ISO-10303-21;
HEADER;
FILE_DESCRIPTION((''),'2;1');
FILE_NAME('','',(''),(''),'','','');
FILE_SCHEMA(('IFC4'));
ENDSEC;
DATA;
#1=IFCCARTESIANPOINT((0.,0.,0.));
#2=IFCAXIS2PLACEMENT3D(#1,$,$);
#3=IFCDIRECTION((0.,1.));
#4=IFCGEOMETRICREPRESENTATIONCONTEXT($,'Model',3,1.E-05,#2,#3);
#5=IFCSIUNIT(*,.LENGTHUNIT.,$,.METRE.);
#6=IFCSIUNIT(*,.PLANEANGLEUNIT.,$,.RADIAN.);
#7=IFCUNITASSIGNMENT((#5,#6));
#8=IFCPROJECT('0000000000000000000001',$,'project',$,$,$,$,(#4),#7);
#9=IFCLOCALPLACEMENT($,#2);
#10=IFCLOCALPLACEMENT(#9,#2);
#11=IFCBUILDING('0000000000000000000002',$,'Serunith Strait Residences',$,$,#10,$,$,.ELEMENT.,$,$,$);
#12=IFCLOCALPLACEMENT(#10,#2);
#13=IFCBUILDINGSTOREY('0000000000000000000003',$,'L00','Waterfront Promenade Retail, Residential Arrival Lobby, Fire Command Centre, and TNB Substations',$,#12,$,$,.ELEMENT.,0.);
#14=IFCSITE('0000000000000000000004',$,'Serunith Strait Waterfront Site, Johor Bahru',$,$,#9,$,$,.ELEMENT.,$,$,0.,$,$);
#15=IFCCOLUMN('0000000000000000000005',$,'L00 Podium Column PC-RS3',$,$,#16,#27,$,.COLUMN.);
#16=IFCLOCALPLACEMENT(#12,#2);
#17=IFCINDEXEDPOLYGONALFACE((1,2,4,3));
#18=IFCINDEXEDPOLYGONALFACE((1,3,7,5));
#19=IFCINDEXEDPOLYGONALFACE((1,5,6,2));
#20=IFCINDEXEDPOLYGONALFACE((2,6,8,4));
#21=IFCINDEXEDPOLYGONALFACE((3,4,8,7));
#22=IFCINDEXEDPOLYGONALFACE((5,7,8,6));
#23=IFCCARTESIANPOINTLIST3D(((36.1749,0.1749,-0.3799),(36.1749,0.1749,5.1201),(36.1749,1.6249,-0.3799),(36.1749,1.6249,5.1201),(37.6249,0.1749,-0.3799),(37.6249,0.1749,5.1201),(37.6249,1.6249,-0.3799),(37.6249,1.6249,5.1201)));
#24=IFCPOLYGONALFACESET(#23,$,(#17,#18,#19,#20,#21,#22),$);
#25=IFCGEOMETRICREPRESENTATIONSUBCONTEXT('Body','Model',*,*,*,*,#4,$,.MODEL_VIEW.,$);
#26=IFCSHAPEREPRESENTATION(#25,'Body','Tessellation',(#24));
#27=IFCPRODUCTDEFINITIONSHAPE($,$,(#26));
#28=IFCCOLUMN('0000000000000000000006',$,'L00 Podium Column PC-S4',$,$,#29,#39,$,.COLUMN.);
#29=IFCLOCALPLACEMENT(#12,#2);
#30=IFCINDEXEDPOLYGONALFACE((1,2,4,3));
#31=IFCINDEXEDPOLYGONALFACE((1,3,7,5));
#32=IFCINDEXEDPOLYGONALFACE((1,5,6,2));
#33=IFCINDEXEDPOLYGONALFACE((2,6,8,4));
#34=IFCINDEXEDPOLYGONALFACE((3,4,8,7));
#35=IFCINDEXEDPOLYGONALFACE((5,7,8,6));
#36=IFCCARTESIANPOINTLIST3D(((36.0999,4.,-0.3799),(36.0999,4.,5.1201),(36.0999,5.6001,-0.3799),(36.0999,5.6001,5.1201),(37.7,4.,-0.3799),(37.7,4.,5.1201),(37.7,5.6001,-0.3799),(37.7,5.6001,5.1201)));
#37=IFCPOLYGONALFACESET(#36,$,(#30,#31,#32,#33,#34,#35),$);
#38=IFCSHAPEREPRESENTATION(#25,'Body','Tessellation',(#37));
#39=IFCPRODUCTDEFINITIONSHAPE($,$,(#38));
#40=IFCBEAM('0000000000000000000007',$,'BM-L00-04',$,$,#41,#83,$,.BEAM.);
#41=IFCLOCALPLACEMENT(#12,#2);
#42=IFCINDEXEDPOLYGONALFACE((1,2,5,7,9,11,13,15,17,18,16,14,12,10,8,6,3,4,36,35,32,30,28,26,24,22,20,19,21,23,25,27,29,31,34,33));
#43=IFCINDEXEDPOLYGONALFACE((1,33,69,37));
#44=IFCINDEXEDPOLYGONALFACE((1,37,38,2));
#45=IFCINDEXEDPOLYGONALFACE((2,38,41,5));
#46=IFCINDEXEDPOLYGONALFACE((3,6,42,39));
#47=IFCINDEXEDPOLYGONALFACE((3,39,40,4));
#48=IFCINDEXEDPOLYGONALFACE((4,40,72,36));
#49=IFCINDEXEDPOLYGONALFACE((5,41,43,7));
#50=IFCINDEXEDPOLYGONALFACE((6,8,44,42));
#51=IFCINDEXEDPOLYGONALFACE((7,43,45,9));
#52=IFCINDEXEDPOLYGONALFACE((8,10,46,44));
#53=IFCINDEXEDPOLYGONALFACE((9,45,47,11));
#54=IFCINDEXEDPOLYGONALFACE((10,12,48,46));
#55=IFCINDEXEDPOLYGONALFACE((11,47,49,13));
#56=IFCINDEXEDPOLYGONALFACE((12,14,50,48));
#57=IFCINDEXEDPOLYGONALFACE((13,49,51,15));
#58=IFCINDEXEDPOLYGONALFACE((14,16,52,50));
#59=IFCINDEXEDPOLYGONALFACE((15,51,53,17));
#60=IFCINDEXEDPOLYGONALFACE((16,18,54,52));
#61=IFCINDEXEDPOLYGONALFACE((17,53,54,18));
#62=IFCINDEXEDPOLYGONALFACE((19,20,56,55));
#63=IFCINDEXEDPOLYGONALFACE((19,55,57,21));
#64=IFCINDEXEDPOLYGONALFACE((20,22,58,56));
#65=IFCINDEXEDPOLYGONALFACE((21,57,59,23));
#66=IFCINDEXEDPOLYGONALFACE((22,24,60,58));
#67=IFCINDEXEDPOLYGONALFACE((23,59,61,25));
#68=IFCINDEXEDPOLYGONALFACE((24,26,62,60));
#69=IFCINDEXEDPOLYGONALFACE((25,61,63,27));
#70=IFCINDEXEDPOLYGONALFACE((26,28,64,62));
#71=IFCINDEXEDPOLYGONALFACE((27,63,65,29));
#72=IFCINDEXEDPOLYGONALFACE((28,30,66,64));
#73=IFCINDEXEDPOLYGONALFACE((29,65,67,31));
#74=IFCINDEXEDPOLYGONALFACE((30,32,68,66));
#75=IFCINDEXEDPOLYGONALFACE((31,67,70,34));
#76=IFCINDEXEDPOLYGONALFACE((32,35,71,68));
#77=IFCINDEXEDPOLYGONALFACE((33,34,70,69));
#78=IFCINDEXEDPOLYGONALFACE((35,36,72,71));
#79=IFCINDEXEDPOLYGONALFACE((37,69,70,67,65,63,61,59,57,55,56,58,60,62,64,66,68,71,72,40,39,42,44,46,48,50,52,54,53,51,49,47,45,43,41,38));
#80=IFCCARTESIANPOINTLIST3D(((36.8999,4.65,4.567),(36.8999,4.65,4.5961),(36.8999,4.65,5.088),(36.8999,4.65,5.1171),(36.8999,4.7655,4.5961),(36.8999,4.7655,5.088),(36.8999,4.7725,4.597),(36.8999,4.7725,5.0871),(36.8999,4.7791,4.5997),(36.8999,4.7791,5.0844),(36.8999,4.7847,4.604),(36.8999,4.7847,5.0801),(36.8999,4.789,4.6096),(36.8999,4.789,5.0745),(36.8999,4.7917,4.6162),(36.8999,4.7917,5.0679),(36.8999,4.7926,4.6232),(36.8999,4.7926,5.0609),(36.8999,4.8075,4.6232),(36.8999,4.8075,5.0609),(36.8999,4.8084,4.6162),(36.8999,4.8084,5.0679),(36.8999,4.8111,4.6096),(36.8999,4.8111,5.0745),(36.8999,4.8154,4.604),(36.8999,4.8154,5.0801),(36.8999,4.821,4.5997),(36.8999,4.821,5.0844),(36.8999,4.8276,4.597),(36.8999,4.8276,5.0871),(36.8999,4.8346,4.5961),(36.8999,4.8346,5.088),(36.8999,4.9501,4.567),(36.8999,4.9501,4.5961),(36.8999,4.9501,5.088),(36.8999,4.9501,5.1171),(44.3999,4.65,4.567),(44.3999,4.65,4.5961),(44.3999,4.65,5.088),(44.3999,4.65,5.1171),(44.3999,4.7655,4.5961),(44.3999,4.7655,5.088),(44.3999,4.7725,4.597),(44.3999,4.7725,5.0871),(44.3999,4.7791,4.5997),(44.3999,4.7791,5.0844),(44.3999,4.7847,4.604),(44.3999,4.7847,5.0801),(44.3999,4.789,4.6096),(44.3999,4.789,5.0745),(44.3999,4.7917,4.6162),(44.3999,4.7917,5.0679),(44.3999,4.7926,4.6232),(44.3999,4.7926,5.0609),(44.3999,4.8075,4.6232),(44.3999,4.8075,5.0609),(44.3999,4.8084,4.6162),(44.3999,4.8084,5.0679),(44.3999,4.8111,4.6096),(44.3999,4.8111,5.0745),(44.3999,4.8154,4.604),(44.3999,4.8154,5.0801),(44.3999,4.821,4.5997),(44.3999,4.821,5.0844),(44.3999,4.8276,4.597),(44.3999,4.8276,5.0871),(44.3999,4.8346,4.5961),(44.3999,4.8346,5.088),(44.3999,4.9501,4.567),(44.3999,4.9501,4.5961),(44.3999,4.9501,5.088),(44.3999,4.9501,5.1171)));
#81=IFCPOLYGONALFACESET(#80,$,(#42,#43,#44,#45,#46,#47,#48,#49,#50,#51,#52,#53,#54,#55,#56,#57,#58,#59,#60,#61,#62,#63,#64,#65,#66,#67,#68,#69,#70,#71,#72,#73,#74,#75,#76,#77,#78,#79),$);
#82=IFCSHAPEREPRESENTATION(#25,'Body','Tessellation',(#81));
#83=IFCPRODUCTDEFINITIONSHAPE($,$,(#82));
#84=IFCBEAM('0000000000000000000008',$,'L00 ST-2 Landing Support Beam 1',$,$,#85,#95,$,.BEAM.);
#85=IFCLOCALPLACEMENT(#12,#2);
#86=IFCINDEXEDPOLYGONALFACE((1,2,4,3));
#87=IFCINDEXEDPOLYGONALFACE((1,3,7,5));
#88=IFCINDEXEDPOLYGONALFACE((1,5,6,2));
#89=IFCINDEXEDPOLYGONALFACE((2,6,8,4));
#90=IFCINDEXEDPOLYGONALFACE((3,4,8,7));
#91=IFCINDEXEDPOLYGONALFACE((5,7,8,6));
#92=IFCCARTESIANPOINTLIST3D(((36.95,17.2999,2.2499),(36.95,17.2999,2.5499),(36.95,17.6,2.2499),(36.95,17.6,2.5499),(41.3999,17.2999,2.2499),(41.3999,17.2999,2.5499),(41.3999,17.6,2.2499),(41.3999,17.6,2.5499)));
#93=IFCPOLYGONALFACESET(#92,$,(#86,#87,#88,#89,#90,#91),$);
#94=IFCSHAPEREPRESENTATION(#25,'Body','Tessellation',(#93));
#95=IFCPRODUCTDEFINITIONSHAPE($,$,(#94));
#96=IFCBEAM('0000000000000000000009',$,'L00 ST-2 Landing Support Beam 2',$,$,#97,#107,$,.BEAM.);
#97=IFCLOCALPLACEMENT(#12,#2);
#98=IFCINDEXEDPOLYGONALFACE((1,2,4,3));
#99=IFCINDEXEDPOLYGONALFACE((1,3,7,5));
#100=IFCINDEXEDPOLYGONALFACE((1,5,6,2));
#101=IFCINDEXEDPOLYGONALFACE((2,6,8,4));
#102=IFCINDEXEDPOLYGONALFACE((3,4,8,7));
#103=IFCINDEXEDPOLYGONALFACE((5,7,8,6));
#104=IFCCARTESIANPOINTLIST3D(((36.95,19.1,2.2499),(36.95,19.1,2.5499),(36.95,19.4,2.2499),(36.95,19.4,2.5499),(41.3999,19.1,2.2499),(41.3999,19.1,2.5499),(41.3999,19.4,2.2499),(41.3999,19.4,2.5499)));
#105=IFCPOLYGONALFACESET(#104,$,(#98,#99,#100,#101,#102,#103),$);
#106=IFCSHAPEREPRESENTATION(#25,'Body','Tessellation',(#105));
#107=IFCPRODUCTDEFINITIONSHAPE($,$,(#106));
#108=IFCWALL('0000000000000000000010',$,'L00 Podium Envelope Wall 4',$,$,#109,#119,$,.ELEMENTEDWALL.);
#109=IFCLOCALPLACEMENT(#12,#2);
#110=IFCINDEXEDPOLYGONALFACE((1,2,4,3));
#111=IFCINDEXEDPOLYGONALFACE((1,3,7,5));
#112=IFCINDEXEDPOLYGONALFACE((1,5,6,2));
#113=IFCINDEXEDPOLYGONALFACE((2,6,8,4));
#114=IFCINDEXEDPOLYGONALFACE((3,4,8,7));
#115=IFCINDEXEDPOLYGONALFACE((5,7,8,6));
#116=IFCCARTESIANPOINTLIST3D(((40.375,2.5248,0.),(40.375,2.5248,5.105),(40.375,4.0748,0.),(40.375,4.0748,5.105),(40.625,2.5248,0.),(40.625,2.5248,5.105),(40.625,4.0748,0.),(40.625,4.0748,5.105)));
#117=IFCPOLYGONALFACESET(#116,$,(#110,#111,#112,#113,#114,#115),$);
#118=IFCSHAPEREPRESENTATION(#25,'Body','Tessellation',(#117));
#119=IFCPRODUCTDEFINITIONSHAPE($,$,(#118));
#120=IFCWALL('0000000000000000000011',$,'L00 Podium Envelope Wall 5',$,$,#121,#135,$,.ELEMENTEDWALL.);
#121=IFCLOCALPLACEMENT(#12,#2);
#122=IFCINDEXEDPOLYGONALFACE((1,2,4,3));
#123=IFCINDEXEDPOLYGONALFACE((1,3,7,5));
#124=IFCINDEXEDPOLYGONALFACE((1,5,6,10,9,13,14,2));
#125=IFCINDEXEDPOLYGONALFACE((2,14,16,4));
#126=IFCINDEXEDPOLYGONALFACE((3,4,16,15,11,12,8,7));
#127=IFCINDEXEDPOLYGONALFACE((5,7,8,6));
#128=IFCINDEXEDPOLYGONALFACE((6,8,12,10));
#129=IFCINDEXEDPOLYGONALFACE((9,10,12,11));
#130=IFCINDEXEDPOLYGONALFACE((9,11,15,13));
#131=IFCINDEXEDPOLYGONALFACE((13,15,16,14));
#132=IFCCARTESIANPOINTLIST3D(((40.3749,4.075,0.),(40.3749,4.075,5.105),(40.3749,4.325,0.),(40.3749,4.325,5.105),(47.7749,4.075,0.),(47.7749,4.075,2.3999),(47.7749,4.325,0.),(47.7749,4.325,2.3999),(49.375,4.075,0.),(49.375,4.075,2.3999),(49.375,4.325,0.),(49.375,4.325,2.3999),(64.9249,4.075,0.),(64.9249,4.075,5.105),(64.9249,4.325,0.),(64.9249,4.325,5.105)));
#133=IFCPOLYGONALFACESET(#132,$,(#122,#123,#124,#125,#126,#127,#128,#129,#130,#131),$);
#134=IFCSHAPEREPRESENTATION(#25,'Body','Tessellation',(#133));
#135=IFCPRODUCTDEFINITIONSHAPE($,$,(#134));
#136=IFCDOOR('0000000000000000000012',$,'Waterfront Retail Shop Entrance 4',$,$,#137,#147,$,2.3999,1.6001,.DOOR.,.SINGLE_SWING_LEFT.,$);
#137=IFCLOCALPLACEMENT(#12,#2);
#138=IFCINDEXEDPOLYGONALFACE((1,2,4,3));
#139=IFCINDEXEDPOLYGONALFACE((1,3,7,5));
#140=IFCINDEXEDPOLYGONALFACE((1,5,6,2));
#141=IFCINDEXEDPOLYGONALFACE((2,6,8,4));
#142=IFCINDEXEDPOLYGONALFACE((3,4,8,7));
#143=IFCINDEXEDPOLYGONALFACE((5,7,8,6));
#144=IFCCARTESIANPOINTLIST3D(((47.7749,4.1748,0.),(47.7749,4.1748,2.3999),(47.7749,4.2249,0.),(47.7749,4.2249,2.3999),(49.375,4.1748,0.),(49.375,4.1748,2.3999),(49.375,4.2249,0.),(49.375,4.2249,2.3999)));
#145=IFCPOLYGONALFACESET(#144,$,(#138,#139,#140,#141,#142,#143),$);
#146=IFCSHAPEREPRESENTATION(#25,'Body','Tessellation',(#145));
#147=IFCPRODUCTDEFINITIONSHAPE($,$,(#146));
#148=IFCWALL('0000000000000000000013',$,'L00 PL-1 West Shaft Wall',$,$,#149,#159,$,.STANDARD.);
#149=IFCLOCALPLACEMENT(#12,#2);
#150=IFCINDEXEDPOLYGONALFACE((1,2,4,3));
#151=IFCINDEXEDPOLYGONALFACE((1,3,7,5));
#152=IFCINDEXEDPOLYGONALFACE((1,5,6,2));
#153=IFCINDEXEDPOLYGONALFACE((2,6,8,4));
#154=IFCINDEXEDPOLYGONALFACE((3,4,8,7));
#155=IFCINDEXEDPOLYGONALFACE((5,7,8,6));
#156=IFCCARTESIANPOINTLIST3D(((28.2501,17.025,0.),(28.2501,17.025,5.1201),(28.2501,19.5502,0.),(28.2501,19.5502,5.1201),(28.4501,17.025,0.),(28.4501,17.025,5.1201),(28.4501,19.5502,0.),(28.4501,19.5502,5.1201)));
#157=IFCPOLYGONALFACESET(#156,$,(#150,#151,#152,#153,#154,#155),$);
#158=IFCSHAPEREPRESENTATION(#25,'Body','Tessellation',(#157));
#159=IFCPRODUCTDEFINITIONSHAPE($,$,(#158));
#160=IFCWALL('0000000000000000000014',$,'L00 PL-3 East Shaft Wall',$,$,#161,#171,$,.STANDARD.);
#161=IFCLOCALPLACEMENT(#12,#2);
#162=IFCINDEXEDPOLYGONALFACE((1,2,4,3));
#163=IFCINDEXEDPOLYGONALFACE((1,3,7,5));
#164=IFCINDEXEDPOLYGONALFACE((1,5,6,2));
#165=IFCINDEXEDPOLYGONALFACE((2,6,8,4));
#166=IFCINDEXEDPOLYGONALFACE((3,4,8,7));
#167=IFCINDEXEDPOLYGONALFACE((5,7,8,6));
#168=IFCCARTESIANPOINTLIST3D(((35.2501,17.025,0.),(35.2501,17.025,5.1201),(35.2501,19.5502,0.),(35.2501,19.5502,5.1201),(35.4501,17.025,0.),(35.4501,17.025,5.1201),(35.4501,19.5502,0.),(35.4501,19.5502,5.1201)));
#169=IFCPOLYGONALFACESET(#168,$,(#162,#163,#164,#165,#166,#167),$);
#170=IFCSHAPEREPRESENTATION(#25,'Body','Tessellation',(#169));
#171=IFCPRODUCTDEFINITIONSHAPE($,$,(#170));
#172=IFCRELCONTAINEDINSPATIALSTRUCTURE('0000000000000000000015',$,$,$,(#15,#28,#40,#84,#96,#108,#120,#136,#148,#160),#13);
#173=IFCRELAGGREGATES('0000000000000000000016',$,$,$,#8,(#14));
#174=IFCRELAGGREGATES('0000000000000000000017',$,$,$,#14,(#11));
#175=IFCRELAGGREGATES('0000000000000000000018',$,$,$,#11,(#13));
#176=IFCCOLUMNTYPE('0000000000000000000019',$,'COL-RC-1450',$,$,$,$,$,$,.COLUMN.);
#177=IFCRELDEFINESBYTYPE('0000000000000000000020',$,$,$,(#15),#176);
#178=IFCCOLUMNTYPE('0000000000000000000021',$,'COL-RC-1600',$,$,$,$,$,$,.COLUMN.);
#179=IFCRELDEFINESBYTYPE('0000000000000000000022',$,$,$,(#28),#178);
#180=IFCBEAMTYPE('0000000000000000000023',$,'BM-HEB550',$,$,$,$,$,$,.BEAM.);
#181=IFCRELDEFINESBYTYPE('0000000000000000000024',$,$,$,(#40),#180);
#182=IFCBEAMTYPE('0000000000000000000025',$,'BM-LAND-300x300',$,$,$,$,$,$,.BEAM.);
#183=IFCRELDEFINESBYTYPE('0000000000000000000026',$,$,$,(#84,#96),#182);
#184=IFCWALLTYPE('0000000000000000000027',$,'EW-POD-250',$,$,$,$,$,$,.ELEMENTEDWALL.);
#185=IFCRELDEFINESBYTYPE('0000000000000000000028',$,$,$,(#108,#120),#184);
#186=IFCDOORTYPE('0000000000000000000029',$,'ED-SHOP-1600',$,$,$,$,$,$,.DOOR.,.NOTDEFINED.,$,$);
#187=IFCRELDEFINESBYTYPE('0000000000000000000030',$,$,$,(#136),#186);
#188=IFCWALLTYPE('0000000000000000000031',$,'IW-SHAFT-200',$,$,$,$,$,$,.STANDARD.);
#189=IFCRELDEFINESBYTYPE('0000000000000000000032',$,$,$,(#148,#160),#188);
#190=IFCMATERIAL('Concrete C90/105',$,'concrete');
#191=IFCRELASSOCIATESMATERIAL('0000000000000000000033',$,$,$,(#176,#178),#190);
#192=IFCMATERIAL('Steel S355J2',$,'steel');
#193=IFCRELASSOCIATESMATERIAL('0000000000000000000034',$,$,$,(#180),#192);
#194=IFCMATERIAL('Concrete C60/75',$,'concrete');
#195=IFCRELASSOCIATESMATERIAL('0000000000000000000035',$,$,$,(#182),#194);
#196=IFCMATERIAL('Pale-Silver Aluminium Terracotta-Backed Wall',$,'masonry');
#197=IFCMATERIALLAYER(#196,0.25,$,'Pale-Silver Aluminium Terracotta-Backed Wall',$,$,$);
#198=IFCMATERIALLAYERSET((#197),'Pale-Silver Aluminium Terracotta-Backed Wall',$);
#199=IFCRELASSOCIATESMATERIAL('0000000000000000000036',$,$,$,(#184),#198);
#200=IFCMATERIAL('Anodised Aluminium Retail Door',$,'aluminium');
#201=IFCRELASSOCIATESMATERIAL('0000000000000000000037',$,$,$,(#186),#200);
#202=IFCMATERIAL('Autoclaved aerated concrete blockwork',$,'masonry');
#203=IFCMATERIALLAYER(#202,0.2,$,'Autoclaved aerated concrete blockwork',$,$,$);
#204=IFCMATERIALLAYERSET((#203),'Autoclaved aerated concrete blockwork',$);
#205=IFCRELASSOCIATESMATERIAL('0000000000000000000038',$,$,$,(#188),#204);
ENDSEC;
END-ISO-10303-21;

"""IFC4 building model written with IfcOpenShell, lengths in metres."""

from ifc_helpers import new_model, si_unit, direction, frame, frame_2d, origin, origin_2d, place, context, subcontext, project, spatial, rectangle, i_section, extrude, source, transform, mapped, material, layer, layer_set, material_profile, profile_set, type_object, element, fill, save


model = new_model("IFC4")

# Units and contexts
model_context = context("Model", 3, precision=1e-05, world=origin(), true_north=direction((0.0, 1.0)))
body_context = subcontext(model_context, "Body", "Model", "MODEL_VIEW")
ifc_project = project(units=[si_unit("LENGTHUNIT", "METRE"), si_unit("PLANEANGLEUNIT", "RADIAN")], contexts=[model_context])

# Site, building, storey
site_placement = place(None, origin())
site = spatial("IfcSite", under=ifc_project, at=site_placement, Name="Serunith Strait Waterfront Site, Johor Bahru", CompositionType="ELEMENT", RefElevation=0.0)
building_placement = place(site_placement, origin())
building = spatial("IfcBuilding", under=site, at=building_placement, Name="Serunith Strait Residences", CompositionType="ELEMENT")
storey_placement = place(building_placement, origin())
storey = spatial("IfcBuildingStorey", under=building, at=storey_placement, Name="L00", Description="Waterfront Promenade Retail, Residential Arrival Lobby, Fire Command Centre, and TNB Substations", CompositionType="ELEMENT", Elevation=0.0)

# Columns
ifc_material_1 = material(Name="Concrete C90/105", Category="concrete")
ifc_material_profile_1 = material_profile(ifc_material_1, rectangle(XDim=1.45, YDim=1.45, at=origin_2d()), Name="RC 1450x1450")
ifc_profile_set_1 = profile_set([ifc_material_profile_1], Name="Concrete C90/105")
column_type_1 = type_object("IfcColumnType", Name="COL-RC-1450", PredefinedType="COLUMN", material=ifc_profile_set_1)
shared_shape_1 = source(origin(), body_context, "Body", "SweptSolid", [
    extrude(rectangle(XDim=1.45, YDim=1.45, at=origin_2d()), origin(), (0.0, 0.0, 1.0), 5.5),
])
column_1_placement = place(storey_placement, frame((36.8999, 0.8999, -0.3799), z_axis=(0.0, 0.0, 1.0), x_axis=(1.0, 0.0, 0.0)))
element("IfcColumn", 1, at=column_1_placement, inside=storey, type_object=column_type_1, Name="L00 Podium Column PC-RS3", PredefinedType="COLUMN", context=body_context, shape_type="MappedRepresentation", body=[
    mapped(shared_shape_1, transform((0.0, 0.0, 0.0), scale=1.0)),
])
ifc_material_profile_2 = material_profile(ifc_material_1, rectangle(XDim=1.6001, YDim=1.6001, at=origin_2d()), Name="RC 1600x1600")
ifc_profile_set_2 = profile_set([ifc_material_profile_2], Name="Concrete C90/105")
column_type_2 = type_object("IfcColumnType", Name="COL-RC-1600", PredefinedType="COLUMN", material=ifc_profile_set_2)
shared_shape_2 = source(origin(), body_context, "Body", "SweptSolid", [
    extrude(rectangle(XDim=1.6001, YDim=1.6001, at=origin_2d()), origin(), (0.0, 0.0, 1.0), 5.5),
])
column_2_placement = place(storey_placement, frame((36.8999, 4.8, -0.3799), z_axis=(0.0, 0.0, 1.0), x_axis=(1.0, 0.0, 0.0)))
element("IfcColumn", 2, at=column_2_placement, inside=storey, type_object=column_type_2, Name="L00 Podium Column PC-S4", PredefinedType="COLUMN", context=body_context, shape_type="MappedRepresentation", body=[
    mapped(shared_shape_2, transform((0.0, 0.0, 0.0), scale=1.0)),
])

# Beams
ifc_material_2 = material(Name="Steel S355J2", Category="steel")
ifc_material_profile_3 = material_profile(ifc_material_2, i_section(OverallWidth=0.3, OverallDepth=0.55, WebThickness=0.0149, FlangeThickness=0.0291, FilletRadius=0.0271, at=origin_2d()), Name="HEB 550")
ifc_profile_set_3 = profile_set([ifc_material_profile_3], Name="Steel S355J2")
beam_type_1 = type_object("IfcBeamType", Name="BM-HEB550", PredefinedType="BEAM", material=ifc_profile_set_3)
shared_shape_3 = source(origin(), body_context, "Body", "SweptSolid", [
    extrude(i_section(OverallWidth=0.3, OverallDepth=0.55, WebThickness=0.0149, FlangeThickness=0.0291, FilletRadius=0.0271, at=origin_2d()), origin(), (0.0, 0.0, 1.0), 7.5),
])
beam_placement = place(storey_placement, frame((36.8999, 4.8, 4.842), z_axis=(1.0, 0.0, 0.0), x_axis=(0.0, 1.0, 0.0)))
element("IfcBeam", 3, at=beam_placement, inside=storey, type_object=beam_type_1, Name="BM-L00-04", PredefinedType="BEAM", context=body_context, shape_type="MappedRepresentation", body=[
    mapped(shared_shape_3, transform((0.0, 0.0, 0.0), scale=1.0)),
])
ifc_material_3 = material(Name="Concrete C60/75", Category="concrete")
ifc_material_profile_4 = material_profile(ifc_material_3, rectangle(XDim=0.3, YDim=0.3, at=origin_2d()), Name="RC 300x300")
ifc_profile_set_4 = profile_set([ifc_material_profile_4], Name="Concrete C60/75")
beam_type_2 = type_object("IfcBeamType", Name="BM-LAND-300x300", PredefinedType="BEAM", material=ifc_profile_set_4)
shared_shape_4 = source(origin(), body_context, "Body", "SweptSolid", [
    extrude(rectangle(XDim=0.3, YDim=0.3, at=origin_2d()), origin(), (0.0, 0.0, 1.0), 4.45),
])
for number, where, z_axis, x_axis, name in (
    (4, (36.95, 17.45, 2.3999), (1.0, 0.0, 0.0), (0.0, 1.0, 0.0), "L00 ST-2 Landing Support Beam 1"),
    (5, (36.95, 19.25, 2.3999), (1.0, 0.0, 0.0), (0.0, 1.0, 0.0), "L00 ST-2 Landing Support Beam 2"),
):
    element("IfcBeam", number, at=place(storey_placement, frame(where, z_axis=z_axis, x_axis=x_axis)), inside=storey, type_object=beam_type_2, Name=name, PredefinedType="BEAM", context=body_context, shape_type="MappedRepresentation", body=[
        mapped(shared_shape_4, transform((0.0, 0.0, 0.0), scale=1.0)),
    ])

# Wall
ifc_material_4 = material(Name="Pale-Silver Aluminium Terracotta-Backed Wall", Category="masonry")
ifc_layer_1 = layer(ifc_material_4, 0.25, Name="Pale-Silver Aluminium Terracotta-Backed Wall")
ifc_layer_set_1 = layer_set([ifc_layer_1], Name="Pale-Silver Aluminium Terracotta-Backed Wall")
wall_type_1 = type_object("IfcWallType", Name="EW-POD-250", PredefinedType="ELEMENTEDWALL", material=ifc_layer_set_1)
wall_1_placement = place(storey_placement, frame((40.5, 2.5249, 0.0), z_axis=(0.0, 0.0, 1.0), x_axis=(0.0, 1.0, 0.0)))
element("IfcWall", 6, at=wall_1_placement, inside=storey, type_object=wall_type_1, Name="L00 Podium Envelope Wall 4", PredefinedType="ELEMENTEDWALL", context=body_context, shape_type="SweptSolid", body=[
    extrude(rectangle(XDim=1.55, YDim=0.25, at=frame_2d((0.7749, 0.0))), origin(), (0.0, 0.0, 1.0), 5.105),
])

# Wall, opening, door
wall_2_placement = place(storey_placement, frame((40.375, 4.2, 0.0), z_axis=(0.0, 0.0, 1.0), x_axis=(1.0, 0.0, 0.0)))
wall_2 = element("IfcWall", 7, at=wall_2_placement, inside=storey, type_object=wall_type_1, Name="L00 Podium Envelope Wall 5", PredefinedType="ELEMENTEDWALL", context=body_context, shape_type="SweptSolid", body=[
    extrude(rectangle(XDim=24.55, YDim=0.25, at=frame_2d((12.2749, 0.0))), origin(), (0.0, 0.0, 1.0), 5.105),
])
opening_placement = place(wall_2_placement, frame((7.3999, 0.0, 0.0)))
opening = element("IfcOpeningElement", 8, at=opening_placement, cuts=wall_2, PredefinedType="OPENING", context=body_context, shape_type="SweptSolid", body=[
    extrude(rectangle(XDim=1.6001, YDim=2.3999, at=frame_2d((0.8, 1.2))), frame((0.0, 0.135, 0.0), z_axis=(0.0, -1.0, 0.0), x_axis=(1.0, 0.0, 0.0)), (0.0, 0.0, 1.0), 0.27),
])
ifc_material_5 = material(Name="Anodised Aluminium Retail Door", Category="aluminium")
door_type = type_object("IfcDoorType", Name="ED-SHOP-1600", OperationType="NOTDEFINED", PredefinedType="DOOR", material=ifc_material_5)
shared_shape_5 = source(origin(), body_context, "Body", "SweptSolid", [
    extrude(rectangle(XDim=1.6001, YDim=2.3999, at=frame_2d((0.8, 1.2))), frame((0.0, 0.0249, 0.0), z_axis=(0.0, -1.0, 0.0), x_axis=(1.0, 0.0, 0.0)), (0.0, 0.0, 1.0), 0.05),
])
door_placement = place(opening_placement, origin())
door = element("IfcDoor", 9, at=door_placement, inside=storey, type_object=door_type, Name="Waterfront Retail Shop Entrance 4", OperationType="SINGLE_SWING_LEFT", OverallHeight=2.3999, OverallWidth=1.6001, PredefinedType="DOOR", context=body_context, shape_type="MappedRepresentation", body=[
    mapped(shared_shape_5, transform((0.0, 0.0, 0.0), scale=1.0)),
])
fill(opening, door)

# Walls
ifc_material_6 = material(Name="Autoclaved aerated concrete blockwork", Category="masonry")
ifc_layer_2 = layer(ifc_material_6, 0.2, Name="Autoclaved aerated concrete blockwork")
ifc_layer_set_2 = layer_set([ifc_layer_2], Name="Autoclaved aerated concrete blockwork")
wall_type_2 = type_object("IfcWallType", Name="IW-SHAFT-200", PredefinedType="STANDARD", material=ifc_layer_set_2)
for number, where, z_axis, x_axis, name in (
    (10, (28.3501, 17.0249, 0.0), (0.0, 0.0, 1.0), (0.0, 1.0, 0.0), "L00 PL-1 West Shaft Wall"),
    (11, (35.3501, 17.0249, 0.0), (0.0, 0.0, 1.0), (0.0, 1.0, 0.0), "L00 PL-3 East Shaft Wall"),
):
    element("IfcWall", number, at=place(storey_placement, frame(where, z_axis=z_axis, x_axis=x_axis)), inside=storey, type_object=wall_type_2, Name=name, PredefinedType="STANDARD", context=body_context, shape_type="SweptSolid", body=[
        extrude(rectangle(XDim=2.5251, YDim=0.2, at=frame_2d((1.2627, 0.0))), origin(), (0.0, 0.0, 1.0), 5.1201),
    ])

save(model, "model.ifc")
